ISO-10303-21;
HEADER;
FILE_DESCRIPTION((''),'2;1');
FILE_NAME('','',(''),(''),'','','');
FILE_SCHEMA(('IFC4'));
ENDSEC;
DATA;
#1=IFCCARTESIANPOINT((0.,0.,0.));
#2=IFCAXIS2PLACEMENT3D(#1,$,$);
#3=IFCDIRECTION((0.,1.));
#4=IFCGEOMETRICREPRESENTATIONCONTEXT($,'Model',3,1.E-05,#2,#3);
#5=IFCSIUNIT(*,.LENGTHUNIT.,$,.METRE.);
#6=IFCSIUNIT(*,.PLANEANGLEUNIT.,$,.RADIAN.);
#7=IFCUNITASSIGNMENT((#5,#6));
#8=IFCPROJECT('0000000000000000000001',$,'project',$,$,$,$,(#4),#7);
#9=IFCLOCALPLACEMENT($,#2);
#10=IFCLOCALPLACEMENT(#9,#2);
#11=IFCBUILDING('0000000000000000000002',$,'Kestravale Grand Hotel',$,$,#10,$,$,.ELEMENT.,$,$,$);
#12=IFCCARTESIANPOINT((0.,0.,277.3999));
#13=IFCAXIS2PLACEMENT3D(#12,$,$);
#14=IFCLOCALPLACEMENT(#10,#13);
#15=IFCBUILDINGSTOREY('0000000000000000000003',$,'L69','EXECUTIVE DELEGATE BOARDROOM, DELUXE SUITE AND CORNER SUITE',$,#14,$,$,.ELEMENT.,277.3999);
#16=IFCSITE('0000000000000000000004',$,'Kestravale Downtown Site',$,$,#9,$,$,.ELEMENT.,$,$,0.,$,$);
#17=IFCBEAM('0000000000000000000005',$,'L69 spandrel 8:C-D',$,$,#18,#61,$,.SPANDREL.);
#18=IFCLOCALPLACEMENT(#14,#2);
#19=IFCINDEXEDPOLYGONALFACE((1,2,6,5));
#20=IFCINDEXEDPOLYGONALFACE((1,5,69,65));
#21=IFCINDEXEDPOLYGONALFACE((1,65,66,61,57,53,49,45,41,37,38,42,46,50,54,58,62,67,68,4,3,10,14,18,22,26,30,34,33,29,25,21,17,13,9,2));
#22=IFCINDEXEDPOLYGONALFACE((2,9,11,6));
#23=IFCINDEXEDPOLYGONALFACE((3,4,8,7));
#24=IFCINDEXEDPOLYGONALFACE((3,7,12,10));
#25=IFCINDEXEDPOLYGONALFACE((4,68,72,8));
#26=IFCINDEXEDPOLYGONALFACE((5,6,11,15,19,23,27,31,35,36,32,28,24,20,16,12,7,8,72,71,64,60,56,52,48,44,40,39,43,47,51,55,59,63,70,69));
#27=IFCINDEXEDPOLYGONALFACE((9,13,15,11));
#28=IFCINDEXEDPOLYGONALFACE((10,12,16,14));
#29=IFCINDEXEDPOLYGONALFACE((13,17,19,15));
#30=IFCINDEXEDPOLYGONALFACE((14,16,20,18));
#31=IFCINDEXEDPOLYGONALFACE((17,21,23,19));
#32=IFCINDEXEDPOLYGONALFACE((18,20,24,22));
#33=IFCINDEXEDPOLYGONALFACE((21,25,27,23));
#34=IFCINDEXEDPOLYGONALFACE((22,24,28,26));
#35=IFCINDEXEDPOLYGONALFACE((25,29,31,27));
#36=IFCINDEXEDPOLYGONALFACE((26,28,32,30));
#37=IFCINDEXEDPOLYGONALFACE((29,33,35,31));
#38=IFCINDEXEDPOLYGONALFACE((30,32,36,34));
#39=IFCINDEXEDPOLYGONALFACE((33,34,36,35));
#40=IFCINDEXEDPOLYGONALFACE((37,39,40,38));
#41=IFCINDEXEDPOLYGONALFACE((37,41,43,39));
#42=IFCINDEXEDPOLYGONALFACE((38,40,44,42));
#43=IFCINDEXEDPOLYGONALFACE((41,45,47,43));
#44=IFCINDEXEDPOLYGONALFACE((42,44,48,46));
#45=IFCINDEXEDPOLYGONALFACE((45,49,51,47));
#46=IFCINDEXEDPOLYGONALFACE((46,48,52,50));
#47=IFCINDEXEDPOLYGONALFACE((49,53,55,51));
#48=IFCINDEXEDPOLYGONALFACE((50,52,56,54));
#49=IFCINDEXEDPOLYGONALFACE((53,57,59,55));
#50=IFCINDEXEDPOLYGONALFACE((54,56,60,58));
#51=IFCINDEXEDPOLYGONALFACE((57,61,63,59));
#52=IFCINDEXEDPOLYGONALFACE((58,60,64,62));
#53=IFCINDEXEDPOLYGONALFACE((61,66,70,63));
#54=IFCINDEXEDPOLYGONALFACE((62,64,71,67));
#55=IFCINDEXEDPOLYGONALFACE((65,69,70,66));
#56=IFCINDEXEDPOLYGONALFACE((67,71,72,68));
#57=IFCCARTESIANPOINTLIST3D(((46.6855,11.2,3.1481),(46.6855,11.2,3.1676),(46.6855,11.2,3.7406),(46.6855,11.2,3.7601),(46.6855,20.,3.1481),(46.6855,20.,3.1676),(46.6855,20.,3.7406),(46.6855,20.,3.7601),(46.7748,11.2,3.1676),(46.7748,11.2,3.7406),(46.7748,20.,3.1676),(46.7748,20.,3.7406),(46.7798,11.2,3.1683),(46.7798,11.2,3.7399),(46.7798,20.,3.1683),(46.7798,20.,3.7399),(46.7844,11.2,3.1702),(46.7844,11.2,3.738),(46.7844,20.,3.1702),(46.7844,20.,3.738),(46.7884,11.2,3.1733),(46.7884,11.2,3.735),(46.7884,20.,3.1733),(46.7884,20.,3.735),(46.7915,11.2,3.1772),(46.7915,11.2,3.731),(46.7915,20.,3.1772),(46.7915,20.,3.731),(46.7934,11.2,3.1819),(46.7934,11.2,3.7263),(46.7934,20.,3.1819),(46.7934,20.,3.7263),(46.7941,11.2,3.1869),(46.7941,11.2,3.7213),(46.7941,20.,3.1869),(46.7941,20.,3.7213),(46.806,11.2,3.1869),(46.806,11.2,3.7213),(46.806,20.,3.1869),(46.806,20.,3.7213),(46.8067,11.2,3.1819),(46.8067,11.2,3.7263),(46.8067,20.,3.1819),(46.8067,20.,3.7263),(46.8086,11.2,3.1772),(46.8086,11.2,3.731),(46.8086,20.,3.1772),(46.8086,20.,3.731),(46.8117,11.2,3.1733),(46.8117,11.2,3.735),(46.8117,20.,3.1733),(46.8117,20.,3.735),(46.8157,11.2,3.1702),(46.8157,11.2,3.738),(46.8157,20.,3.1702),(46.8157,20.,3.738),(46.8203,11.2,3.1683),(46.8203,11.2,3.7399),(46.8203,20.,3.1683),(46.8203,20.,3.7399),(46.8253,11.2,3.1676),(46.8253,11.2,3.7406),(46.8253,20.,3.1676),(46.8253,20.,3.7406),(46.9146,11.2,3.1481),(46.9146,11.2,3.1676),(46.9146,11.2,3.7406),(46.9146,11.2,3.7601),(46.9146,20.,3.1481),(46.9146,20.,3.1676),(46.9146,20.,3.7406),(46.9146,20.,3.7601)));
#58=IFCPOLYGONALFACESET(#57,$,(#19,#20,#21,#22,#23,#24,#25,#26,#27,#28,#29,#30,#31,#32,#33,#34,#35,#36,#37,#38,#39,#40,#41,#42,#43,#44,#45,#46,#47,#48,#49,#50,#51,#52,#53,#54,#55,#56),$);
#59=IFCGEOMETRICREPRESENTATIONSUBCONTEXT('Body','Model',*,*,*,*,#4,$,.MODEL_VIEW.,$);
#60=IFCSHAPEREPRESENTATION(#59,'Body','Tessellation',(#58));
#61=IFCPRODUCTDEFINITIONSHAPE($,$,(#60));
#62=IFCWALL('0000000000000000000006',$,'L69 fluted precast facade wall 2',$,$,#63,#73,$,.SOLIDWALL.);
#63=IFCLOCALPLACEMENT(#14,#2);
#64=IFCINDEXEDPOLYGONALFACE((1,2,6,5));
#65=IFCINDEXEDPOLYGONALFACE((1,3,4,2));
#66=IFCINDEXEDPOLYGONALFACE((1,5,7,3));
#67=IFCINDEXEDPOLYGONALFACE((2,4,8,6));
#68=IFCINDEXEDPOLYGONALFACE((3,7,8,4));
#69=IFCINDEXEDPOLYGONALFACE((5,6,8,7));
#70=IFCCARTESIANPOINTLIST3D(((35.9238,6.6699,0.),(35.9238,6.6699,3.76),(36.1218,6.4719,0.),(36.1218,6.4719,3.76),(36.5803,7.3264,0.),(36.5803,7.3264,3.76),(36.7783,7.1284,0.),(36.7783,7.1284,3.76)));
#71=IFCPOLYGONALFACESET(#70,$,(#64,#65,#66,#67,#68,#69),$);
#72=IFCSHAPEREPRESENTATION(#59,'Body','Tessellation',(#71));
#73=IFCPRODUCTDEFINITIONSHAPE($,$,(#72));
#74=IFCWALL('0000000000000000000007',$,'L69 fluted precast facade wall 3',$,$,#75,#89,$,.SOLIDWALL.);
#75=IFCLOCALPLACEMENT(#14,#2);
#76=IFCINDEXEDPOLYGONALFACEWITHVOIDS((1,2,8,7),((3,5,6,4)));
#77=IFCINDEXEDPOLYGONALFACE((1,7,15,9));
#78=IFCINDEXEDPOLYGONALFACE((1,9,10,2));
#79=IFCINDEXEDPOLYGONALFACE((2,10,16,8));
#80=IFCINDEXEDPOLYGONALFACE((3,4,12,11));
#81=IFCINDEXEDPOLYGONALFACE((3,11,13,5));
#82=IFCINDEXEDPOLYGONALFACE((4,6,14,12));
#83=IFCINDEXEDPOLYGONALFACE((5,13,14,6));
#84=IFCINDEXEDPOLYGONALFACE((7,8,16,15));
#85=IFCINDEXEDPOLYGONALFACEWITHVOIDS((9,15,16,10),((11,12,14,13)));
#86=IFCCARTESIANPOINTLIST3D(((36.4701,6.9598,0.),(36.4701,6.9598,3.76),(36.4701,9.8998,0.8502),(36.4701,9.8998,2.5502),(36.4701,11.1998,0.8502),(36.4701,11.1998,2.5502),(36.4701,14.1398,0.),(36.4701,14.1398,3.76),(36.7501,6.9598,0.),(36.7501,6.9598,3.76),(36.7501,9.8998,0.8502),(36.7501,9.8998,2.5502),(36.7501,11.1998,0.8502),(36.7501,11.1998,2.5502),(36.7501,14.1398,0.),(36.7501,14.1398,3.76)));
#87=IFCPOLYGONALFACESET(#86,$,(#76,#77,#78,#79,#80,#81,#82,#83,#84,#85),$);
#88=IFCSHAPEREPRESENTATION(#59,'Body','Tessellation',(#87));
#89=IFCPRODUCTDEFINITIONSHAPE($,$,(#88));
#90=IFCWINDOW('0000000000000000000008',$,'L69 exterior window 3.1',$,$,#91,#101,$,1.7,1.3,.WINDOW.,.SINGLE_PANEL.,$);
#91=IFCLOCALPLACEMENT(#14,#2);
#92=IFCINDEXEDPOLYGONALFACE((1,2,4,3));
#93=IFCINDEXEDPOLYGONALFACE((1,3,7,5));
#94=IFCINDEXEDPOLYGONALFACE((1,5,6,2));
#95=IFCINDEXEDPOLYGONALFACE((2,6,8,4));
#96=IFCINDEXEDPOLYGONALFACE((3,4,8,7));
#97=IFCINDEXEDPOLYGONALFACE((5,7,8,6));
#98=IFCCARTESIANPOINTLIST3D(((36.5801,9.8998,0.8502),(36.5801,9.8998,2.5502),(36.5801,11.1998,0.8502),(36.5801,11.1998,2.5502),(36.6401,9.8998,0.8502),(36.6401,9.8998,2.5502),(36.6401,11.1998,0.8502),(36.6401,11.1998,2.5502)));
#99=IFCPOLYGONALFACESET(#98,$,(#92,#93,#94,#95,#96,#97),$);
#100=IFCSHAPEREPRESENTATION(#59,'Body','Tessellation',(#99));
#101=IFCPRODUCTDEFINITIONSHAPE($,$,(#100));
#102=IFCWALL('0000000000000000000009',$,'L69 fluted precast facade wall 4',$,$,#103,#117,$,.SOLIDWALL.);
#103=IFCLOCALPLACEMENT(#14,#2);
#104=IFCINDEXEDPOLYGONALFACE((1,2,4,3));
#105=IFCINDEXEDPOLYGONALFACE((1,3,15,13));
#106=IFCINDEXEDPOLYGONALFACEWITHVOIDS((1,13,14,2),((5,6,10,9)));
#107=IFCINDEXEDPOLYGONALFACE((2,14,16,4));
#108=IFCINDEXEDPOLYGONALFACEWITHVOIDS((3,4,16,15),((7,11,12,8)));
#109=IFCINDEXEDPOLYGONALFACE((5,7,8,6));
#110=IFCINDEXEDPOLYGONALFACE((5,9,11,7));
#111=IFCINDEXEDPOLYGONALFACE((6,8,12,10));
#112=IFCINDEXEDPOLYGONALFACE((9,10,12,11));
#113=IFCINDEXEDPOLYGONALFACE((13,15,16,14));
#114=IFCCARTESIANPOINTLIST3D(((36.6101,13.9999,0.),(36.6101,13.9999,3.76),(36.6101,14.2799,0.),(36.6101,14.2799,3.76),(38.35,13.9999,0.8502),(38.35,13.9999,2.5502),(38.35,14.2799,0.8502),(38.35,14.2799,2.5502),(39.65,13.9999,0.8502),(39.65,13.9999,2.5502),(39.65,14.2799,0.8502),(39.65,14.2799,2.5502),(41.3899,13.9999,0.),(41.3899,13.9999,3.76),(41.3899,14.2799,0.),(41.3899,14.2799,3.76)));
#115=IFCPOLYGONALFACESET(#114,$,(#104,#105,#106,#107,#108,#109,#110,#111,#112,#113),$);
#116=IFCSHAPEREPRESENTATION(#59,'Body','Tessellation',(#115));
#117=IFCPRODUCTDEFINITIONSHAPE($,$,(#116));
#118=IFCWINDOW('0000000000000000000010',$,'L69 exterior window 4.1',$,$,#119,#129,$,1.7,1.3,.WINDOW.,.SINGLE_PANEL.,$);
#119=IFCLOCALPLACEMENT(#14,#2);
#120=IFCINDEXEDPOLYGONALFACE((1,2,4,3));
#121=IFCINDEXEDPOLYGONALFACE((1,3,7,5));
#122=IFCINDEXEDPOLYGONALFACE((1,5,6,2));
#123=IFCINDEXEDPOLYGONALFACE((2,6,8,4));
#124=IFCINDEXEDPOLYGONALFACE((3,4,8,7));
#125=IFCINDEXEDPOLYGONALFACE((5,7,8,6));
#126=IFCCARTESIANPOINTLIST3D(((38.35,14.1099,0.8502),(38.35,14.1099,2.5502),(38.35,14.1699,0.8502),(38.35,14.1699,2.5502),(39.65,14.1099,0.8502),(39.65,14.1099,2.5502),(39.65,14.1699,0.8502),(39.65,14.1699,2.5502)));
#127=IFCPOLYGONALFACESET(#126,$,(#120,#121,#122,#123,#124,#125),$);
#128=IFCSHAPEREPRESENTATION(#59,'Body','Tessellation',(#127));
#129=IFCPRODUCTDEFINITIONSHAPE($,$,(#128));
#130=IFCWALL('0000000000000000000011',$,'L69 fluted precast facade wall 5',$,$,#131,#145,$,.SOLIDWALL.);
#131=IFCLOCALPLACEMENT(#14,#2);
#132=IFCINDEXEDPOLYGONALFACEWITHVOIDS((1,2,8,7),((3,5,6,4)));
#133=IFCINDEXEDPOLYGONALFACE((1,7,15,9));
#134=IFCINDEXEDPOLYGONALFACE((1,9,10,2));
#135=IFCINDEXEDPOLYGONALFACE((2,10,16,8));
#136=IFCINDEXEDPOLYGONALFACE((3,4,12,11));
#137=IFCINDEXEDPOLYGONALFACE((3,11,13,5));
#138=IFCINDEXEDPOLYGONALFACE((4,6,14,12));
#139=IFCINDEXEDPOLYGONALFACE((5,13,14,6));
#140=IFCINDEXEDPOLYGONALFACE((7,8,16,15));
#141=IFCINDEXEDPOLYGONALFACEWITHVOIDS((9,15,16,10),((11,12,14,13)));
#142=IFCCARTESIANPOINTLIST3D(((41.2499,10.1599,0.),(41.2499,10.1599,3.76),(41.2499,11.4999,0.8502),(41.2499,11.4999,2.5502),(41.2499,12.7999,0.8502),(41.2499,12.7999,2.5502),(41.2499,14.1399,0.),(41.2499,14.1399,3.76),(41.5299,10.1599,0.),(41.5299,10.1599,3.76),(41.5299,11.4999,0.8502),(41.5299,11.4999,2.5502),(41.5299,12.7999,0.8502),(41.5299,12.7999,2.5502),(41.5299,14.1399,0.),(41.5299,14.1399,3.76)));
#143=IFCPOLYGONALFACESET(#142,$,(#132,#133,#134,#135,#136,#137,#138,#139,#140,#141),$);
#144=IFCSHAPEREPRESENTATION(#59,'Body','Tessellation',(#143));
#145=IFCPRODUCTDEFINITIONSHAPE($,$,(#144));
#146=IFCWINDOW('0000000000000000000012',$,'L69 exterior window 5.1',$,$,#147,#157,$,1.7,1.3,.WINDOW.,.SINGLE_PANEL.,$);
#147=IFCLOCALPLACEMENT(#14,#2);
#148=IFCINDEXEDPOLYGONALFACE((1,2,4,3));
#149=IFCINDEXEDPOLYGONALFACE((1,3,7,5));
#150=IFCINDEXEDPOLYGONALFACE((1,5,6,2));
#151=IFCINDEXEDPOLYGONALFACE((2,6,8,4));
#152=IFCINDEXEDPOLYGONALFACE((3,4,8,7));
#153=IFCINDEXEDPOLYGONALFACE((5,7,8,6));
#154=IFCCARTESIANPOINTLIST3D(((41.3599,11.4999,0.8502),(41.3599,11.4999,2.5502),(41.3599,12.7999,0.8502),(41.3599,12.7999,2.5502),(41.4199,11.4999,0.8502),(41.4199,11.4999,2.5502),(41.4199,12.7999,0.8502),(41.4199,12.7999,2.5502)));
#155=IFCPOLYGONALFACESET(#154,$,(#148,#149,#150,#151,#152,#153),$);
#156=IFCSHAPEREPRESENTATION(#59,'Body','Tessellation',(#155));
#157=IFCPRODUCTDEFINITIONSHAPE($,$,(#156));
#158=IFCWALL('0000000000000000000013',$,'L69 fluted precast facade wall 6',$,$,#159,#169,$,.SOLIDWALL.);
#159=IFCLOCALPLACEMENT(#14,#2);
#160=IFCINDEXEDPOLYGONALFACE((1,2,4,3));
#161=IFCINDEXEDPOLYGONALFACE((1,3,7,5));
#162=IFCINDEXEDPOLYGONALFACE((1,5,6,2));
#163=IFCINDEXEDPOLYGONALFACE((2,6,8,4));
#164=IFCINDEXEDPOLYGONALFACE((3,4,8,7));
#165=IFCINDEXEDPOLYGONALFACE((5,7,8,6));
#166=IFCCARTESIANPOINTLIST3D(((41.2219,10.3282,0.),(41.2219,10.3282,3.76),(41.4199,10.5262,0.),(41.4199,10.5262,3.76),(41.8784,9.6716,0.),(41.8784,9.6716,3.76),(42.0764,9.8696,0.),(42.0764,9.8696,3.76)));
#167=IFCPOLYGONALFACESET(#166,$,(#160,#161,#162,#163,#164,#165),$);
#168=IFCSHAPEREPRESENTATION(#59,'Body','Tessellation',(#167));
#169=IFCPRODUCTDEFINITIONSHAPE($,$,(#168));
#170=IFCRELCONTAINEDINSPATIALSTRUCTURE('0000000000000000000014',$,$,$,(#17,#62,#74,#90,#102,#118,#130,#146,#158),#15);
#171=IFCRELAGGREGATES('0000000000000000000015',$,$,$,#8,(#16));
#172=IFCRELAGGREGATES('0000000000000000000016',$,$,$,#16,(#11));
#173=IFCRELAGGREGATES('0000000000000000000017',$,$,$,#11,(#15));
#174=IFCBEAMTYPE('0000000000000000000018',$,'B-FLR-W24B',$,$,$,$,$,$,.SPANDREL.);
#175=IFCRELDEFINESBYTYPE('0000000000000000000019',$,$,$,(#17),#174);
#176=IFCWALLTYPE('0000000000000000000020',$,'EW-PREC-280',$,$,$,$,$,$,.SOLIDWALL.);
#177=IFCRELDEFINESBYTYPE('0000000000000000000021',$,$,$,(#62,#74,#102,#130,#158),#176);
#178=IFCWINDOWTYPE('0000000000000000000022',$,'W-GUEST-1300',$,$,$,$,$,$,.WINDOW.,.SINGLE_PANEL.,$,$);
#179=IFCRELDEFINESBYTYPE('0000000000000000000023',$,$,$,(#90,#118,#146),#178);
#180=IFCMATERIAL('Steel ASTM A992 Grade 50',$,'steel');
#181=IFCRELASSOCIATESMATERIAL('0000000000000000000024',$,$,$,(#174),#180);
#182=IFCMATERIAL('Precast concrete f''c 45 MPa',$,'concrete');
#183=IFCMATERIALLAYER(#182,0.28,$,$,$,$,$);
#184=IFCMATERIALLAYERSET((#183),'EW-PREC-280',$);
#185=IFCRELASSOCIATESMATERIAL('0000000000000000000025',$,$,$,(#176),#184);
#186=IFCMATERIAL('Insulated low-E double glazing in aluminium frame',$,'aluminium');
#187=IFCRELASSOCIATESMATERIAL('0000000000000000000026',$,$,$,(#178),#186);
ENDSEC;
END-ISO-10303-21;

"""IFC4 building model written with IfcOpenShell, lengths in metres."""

from ifc_helpers import new_model, si_unit, direction, frame, frame_2d, origin, origin_2d, place, context, subcontext, project, spatial, rectangle, i_section, extrude, material, layer, layer_set, material_profile, profile_set, type_object, element, fill, save


model = new_model("IFC4")

# Units and contexts
model_context = context("Model", 3, precision=1e-05, world=origin(), true_north=direction((0.0, 1.0)))
body_context = subcontext(model_context, "Body", "Model", "MODEL_VIEW")
ifc_project = project(units=[si_unit("LENGTHUNIT", "METRE"), si_unit("PLANEANGLEUNIT", "RADIAN")], contexts=[model_context])

# Site, building, storey
site_placement = place(None, origin())
site = spatial("IfcSite", under=ifc_project, at=site_placement, Name="Kestravale Downtown Site", CompositionType="ELEMENT", RefElevation=0.0)
building_placement = place(site_placement, origin())
building = spatial("IfcBuilding", under=site, at=building_placement, Name="Kestravale Grand Hotel", CompositionType="ELEMENT")
storey_placement = place(building_placement, frame((0.0, 0.0, 277.3999)))
storey = spatial("IfcBuildingStorey", under=building, at=storey_placement, Name="L69", Description="EXECUTIVE DELEGATE BOARDROOM, DELUXE SUITE AND CORNER SUITE", CompositionType="ELEMENT", Elevation=277.3999)

# Beam
ifc_material_1 = material(Name="Steel ASTM A992 Grade 50", Category="steel")
ifc_material_profile_1 = material_profile(ifc_material_1, i_section(OverallWidth=0.229, OverallDepth=0.6121, WebThickness=0.012, FlangeThickness=0.0195, FilletRadius=0.0193, at=origin_2d()))
ifc_profile_set_1 = profile_set([ifc_material_profile_1], Name="Steel ASTM A992 Grade 50")
beam_type_1 = type_object("IfcBeamType", Name="B-FLR-W24B", PredefinedType="SPANDREL", material=ifc_profile_set_1)
beam_1_placement = place(storey_placement, frame((46.8, 11.2, 3.4541), z_axis=(0.0, 1.0, 0.0), x_axis=(-1.0, 0.0, 0.0)))
element("IfcBeam", 1, at=beam_1_placement, inside=storey, type_object=beam_type_1, Name="L69 spandrel 8:C-D", PredefinedType="SPANDREL", context=body_context, shape_type="SweptSolid", body=[
    extrude(i_section(OverallWidth=0.229, OverallDepth=0.6121, WebThickness=0.012, FlangeThickness=0.0195, FilletRadius=0.0193, at=origin_2d()), origin(), (0.0, 0.0, 1.0), 8.8),
])

# Wall
ifc_material_2 = material(Name="Precast concrete f'c 45 MPa", Category="concrete")
ifc_layer_1 = layer(ifc_material_2, 0.28)
ifc_layer_set_1 = layer_set([ifc_layer_1], Name="EW-PREC-280")
wall_type_1 = type_object("IfcWallType", Name="EW-PREC-280", PredefinedType="SOLIDWALL", material=ifc_layer_set_1)
wall_1_placement = place(storey_placement, frame((36.0227, 6.5708, 0.0), z_axis=(0.0, 0.0, 1.0), x_axis=(0.707107, 0.707107, 0.0)))
element("IfcWall", 2, at=wall_1_placement, inside=storey, type_object=wall_type_1, Name="L69 fluted precast facade wall 2", PredefinedType="SOLIDWALL", context=body_context, shape_type="SweptSolid", body=[
    extrude(rectangle(XDim=0.9285, YDim=0.28, at=frame_2d((0.4644, 0.0))), origin(), (0.0, 0.0, 1.0), 3.76),
])

# Walls, openings, windows
wall_2_placement = place(storey_placement, frame((36.6101, 6.96, 0.0), z_axis=(0.0, 0.0, 1.0), x_axis=(0.0, 1.0, 0.0)))
wall_2 = element("IfcWall", 3, at=wall_2_placement, inside=storey, type_object=wall_type_1, Name="L69 fluted precast facade wall 3", PredefinedType="SOLIDWALL", context=body_context, shape_type="SweptSolid", body=[
    extrude(rectangle(XDim=7.1799, YDim=0.28, at=frame_2d((3.5898, 0.0))), origin(), (0.0, 0.0, 1.0), 3.76),
])
opening_1_placement = place(wall_2_placement, frame((2.9399, 0.0, 0.8501)))
opening_1 = element("IfcOpeningElement", 4, at=opening_1_placement, cuts=wall_2, PredefinedType="OPENING", context=body_context, shape_type="SweptSolid", body=[
    extrude(rectangle(XDim=1.3, YDim=1.7, at=frame_2d((0.6499, 0.8501))), frame((0.0, 0.1499, 0.0), z_axis=(0.0, -1.0, 0.0), x_axis=(1.0, 0.0, 0.0)), (0.0, 0.0, 1.0), 0.3),
])
ifc_material_3 = material(Name="Insulated low-E double glazing in aluminium frame", Category="aluminium")
window_type = type_object("IfcWindowType", Name="W-GUEST-1300", PartitioningType="SINGLE_PANEL", PredefinedType="WINDOW", material=ifc_material_3)
window_1_placement = place(opening_1_placement, origin())
window_1 = element("IfcWindow", 5, at=window_1_placement, inside=storey, type_object=window_type, Name="L69 exterior window 3.1", OverallHeight=1.7, OverallWidth=1.3, PartitioningType="SINGLE_PANEL", PredefinedType="WINDOW", context=body_context, shape_type="SweptSolid", body=[
    extrude(rectangle(XDim=1.3, YDim=1.7, at=frame_2d((0.6499, 0.8501))), frame((0.0, 0.03, 0.0), z_axis=(0.0, -1.0, 0.0), x_axis=(1.0, 0.0, 0.0)), (0.0, 0.0, 1.0), 0.0601),
])
fill(opening_1, window_1)
wall_3_placement = place(storey_placement, frame((36.6101, 14.1399, 0.0), z_axis=(0.0, 0.0, 1.0), x_axis=(1.0, 0.0, 0.0)))
wall_3 = element("IfcWall", 6, at=wall_3_placement, inside=storey, type_object=wall_type_1, Name="L69 fluted precast facade wall 4", PredefinedType="SOLIDWALL", context=body_context, shape_type="SweptSolid", body=[
    extrude(rectangle(XDim=4.7798, YDim=0.28, at=frame_2d((2.3899, 0.0))), origin(), (0.0, 0.0, 1.0), 3.76),
])
opening_2_placement = place(wall_3_placement, frame((1.74, 0.0, 0.8501)))
opening_2 = element("IfcOpeningElement", 7, at=opening_2_placement, cuts=wall_3, PredefinedType="OPENING", context=body_context, shape_type="SweptSolid", body=[
    extrude(rectangle(XDim=1.3, YDim=1.7, at=frame_2d((0.6499, 0.8501))), frame((0.0, 0.1499, 0.0), z_axis=(0.0, -1.0, 0.0), x_axis=(1.0, 0.0, 0.0)), (0.0, 0.0, 1.0), 0.3),
])
window_2_placement = place(opening_2_placement, origin())
window_2 = element("IfcWindow", 8, at=window_2_placement, inside=storey, type_object=window_type, Name="L69 exterior window 4.1", OverallHeight=1.7, OverallWidth=1.3, PartitioningType="SINGLE_PANEL", PredefinedType="WINDOW", context=body_context, shape_type="SweptSolid", body=[
    extrude(rectangle(XDim=1.3, YDim=1.7, at=frame_2d((0.6499, 0.8501))), frame((0.0, 0.03, 0.0), z_axis=(0.0, -1.0, 0.0), x_axis=(1.0, 0.0, 0.0)), (0.0, 0.0, 1.0), 0.0601),
])
fill(opening_2, window_2)
wall_4_placement = place(storey_placement, frame((41.3899, 14.1399, 0.0), z_axis=(0.0, 0.0, 1.0), x_axis=(0.0, -1.0, 0.0)))
wall_4 = element("IfcWall", 9, at=wall_4_placement, inside=storey, type_object=wall_type_1, Name="L69 fluted precast facade wall 5", PredefinedType="SOLIDWALL", context=body_context, shape_type="SweptSolid", body=[
    extrude(rectangle(XDim=3.98, YDim=0.28, at=frame_2d((1.99, 0.0))), origin(), (0.0, 0.0, 1.0), 3.76),
])
opening_3_placement = place(wall_4_placement, frame((1.3401, 0.0, 0.8501)))
opening_3 = element("IfcOpeningElement", 10, at=opening_3_placement, cuts=wall_4, PredefinedType="OPENING", context=body_context, shape_type="SweptSolid", body=[
    extrude(rectangle(XDim=1.3, YDim=1.7, at=frame_2d((0.6499, 0.8501))), frame((0.0, 0.1499, 0.0), z_axis=(0.0, -1.0, 0.0), x_axis=(1.0, 0.0, 0.0)), (0.0, 0.0, 1.0), 0.3),
])
window_3_placement = place(opening_3_placement, origin())
window_3 = element("IfcWindow", 11, at=window_3_placement, inside=storey, type_object=window_type, Name="L69 exterior window 5.1", OverallHeight=1.7, OverallWidth=1.3, PartitioningType="SINGLE_PANEL", PredefinedType="WINDOW", context=body_context, shape_type="SweptSolid", body=[
    extrude(rectangle(XDim=1.3, YDim=1.7, at=frame_2d((0.6499, 0.8501))), frame((0.0, 0.03, 0.0), z_axis=(0.0, -1.0, 0.0), x_axis=(1.0, 0.0, 0.0)), (0.0, 0.0, 1.0), 0.0601),
])
fill(opening_3, window_3)

# Wall
wall_5_placement = place(storey_placement, frame((41.3208, 10.4272, 0.0), z_axis=(0.0, 0.0, 1.0), x_axis=(0.707107, -0.707107, 0.0)))
element("IfcWall", 12, at=wall_5_placement, inside=storey, type_object=wall_type_1, Name="L69 fluted precast facade wall 6", PredefinedType="SOLIDWALL", context=body_context, shape_type="SweptSolid", body=[
    extrude(rectangle(XDim=0.9285, YDim=0.28, at=frame_2d((0.4644, 0.0))), origin(), (0.0, 0.0, 1.0), 3.76),
])

save(model, "model.ifc")
